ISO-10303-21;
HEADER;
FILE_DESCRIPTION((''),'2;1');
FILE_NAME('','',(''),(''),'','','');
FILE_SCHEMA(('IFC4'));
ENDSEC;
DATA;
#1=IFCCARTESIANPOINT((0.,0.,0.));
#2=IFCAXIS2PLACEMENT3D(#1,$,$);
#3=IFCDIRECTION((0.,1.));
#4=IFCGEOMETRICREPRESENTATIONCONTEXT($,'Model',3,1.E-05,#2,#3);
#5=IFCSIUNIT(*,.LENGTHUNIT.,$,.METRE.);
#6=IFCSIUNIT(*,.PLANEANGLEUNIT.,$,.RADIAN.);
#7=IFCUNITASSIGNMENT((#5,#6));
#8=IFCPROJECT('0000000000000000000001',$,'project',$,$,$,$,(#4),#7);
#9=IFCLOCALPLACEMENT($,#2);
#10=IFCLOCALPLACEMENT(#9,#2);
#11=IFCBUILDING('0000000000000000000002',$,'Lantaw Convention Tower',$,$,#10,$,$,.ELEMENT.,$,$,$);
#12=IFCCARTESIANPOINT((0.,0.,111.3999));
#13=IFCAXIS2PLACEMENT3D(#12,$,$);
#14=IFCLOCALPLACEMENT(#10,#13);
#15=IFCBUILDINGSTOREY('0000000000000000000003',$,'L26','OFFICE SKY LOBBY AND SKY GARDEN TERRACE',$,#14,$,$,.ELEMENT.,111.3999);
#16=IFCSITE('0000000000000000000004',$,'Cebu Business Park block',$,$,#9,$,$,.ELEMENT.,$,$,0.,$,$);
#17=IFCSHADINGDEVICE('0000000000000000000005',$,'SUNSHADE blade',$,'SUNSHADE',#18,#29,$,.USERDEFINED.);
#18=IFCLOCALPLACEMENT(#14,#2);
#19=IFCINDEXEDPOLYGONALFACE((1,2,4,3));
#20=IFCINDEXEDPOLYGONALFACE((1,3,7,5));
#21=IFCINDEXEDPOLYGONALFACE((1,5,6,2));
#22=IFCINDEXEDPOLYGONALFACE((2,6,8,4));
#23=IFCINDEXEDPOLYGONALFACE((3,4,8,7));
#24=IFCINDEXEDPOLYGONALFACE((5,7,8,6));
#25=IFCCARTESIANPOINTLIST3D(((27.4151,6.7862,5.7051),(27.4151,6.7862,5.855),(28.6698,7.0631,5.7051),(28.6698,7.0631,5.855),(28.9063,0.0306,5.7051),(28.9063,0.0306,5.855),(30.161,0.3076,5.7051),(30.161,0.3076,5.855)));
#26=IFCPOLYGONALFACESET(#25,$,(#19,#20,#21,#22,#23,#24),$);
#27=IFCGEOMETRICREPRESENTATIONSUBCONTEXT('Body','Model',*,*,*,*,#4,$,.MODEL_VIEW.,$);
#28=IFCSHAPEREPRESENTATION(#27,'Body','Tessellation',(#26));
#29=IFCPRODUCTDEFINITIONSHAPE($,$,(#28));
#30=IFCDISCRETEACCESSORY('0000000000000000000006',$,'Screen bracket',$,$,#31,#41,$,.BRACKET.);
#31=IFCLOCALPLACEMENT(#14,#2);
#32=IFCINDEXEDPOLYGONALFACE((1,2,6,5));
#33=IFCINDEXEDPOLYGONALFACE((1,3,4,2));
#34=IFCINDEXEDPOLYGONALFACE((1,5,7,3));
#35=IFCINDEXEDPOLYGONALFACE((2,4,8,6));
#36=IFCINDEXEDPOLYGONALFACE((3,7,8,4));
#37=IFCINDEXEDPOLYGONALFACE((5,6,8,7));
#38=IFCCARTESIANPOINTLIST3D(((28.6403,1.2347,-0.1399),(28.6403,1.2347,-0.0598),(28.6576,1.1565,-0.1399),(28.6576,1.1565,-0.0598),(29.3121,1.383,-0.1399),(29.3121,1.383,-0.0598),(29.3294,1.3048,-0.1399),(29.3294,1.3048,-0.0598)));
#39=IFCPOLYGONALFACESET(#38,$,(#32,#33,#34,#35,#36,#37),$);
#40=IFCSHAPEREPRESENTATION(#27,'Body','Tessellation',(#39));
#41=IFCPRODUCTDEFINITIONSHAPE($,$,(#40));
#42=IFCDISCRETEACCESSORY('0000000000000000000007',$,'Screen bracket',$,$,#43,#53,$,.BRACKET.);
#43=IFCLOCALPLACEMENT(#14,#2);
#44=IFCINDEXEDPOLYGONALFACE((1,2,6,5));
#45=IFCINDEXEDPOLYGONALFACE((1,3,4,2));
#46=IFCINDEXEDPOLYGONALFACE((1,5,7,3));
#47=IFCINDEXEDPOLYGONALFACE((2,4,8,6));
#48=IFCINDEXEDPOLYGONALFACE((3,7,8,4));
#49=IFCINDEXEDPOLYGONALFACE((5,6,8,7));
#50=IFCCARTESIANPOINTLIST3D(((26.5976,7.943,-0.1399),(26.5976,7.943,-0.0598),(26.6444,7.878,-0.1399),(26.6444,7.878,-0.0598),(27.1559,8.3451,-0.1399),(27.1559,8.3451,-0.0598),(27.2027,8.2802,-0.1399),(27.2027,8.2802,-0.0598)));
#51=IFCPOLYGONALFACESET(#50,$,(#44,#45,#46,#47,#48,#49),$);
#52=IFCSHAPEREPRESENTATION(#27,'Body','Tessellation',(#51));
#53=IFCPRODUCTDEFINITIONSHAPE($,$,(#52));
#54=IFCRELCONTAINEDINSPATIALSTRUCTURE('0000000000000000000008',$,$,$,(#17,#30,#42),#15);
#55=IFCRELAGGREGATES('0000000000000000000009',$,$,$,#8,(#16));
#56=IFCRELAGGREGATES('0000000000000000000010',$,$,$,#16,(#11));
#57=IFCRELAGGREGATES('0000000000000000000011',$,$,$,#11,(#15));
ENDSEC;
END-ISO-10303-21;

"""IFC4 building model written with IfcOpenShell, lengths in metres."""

from ifc_helpers import new_model, si_unit, direction, frame, origin, origin_2d, place, context, subcontext, project, spatial, rectangle, extrude, element, save


model = new_model("IFC4")

# Units and contexts
model_context = context("Model", 3, precision=1e-05, world=origin(), true_north=direction((0.0, 1.0)))
body_context = subcontext(model_context, "Body", "Model", "MODEL_VIEW")
ifc_project = project(units=[si_unit("LENGTHUNIT", "METRE"), si_unit("PLANEANGLEUNIT", "RADIAN")], contexts=[model_context])

# Site, building, storey
site_placement = place(None, origin())
site = spatial("IfcSite", under=ifc_project, at=site_placement, Name="Cebu Business Park block", CompositionType="ELEMENT", RefElevation=0.0)
building_placement = place(site_placement, origin())
building = spatial("IfcBuilding", under=site, at=building_placement, Name="Lantaw Convention Tower", CompositionType="ELEMENT")
storey_placement = place(building_placement, frame((0.0, 0.0, 111.3999)))
storey = spatial("IfcBuildingStorey", under=building, at=storey_placement, Name="L26", Description="OFFICE SKY LOBBY AND SKY GARDEN TERRACE", CompositionType="ELEMENT", Elevation=111.3999)

# Shading device
shading_device_placement = place(storey_placement, frame((28.7881, 3.5469, 5.7051), z_axis=(0.0, 0.0, 1.0), x_axis=(-0.215546, 0.976494, 0.0)))
element("IfcShadingDevice", 1, at=shading_device_placement, inside=storey, Name="SUNSHADE blade", ObjectType="SUNSHADE", PredefinedType="USERDEFINED", context=body_context, shape_type="SweptSolid", body=[
    extrude(rectangle(XDim=6.9182, YDim=1.2849, at=origin_2d()), origin(), (0.0, 0.0, 1.0), 0.1499),
])

# Discrete accessories
for number, where, z_axis, x_axis, name in (
    (2, (28.9849, 1.2698, -0.1399), (0.0, 0.0, 1.0), (-0.215546, 0.976494, 0.0), "Screen bracket"),
    (3, (26.9001, 8.1116, -0.1399), (0.0, 0.0, 1.0), (-0.584513, 0.811385, 0.0), "Screen bracket"),
):
    element("IfcDiscreteAccessory", number, at=place(storey_placement, frame(where, z_axis=z_axis, x_axis=x_axis)), inside=storey, Name=name, PredefinedType="BRACKET", context=body_context, shape_type="SweptSolid", body=[
        extrude(rectangle(XDim=0.0801, YDim=0.688, at=origin_2d()), origin(), (0.0, 0.0, 1.0), 0.0801),
    ])

save(model, "model.ifc")
